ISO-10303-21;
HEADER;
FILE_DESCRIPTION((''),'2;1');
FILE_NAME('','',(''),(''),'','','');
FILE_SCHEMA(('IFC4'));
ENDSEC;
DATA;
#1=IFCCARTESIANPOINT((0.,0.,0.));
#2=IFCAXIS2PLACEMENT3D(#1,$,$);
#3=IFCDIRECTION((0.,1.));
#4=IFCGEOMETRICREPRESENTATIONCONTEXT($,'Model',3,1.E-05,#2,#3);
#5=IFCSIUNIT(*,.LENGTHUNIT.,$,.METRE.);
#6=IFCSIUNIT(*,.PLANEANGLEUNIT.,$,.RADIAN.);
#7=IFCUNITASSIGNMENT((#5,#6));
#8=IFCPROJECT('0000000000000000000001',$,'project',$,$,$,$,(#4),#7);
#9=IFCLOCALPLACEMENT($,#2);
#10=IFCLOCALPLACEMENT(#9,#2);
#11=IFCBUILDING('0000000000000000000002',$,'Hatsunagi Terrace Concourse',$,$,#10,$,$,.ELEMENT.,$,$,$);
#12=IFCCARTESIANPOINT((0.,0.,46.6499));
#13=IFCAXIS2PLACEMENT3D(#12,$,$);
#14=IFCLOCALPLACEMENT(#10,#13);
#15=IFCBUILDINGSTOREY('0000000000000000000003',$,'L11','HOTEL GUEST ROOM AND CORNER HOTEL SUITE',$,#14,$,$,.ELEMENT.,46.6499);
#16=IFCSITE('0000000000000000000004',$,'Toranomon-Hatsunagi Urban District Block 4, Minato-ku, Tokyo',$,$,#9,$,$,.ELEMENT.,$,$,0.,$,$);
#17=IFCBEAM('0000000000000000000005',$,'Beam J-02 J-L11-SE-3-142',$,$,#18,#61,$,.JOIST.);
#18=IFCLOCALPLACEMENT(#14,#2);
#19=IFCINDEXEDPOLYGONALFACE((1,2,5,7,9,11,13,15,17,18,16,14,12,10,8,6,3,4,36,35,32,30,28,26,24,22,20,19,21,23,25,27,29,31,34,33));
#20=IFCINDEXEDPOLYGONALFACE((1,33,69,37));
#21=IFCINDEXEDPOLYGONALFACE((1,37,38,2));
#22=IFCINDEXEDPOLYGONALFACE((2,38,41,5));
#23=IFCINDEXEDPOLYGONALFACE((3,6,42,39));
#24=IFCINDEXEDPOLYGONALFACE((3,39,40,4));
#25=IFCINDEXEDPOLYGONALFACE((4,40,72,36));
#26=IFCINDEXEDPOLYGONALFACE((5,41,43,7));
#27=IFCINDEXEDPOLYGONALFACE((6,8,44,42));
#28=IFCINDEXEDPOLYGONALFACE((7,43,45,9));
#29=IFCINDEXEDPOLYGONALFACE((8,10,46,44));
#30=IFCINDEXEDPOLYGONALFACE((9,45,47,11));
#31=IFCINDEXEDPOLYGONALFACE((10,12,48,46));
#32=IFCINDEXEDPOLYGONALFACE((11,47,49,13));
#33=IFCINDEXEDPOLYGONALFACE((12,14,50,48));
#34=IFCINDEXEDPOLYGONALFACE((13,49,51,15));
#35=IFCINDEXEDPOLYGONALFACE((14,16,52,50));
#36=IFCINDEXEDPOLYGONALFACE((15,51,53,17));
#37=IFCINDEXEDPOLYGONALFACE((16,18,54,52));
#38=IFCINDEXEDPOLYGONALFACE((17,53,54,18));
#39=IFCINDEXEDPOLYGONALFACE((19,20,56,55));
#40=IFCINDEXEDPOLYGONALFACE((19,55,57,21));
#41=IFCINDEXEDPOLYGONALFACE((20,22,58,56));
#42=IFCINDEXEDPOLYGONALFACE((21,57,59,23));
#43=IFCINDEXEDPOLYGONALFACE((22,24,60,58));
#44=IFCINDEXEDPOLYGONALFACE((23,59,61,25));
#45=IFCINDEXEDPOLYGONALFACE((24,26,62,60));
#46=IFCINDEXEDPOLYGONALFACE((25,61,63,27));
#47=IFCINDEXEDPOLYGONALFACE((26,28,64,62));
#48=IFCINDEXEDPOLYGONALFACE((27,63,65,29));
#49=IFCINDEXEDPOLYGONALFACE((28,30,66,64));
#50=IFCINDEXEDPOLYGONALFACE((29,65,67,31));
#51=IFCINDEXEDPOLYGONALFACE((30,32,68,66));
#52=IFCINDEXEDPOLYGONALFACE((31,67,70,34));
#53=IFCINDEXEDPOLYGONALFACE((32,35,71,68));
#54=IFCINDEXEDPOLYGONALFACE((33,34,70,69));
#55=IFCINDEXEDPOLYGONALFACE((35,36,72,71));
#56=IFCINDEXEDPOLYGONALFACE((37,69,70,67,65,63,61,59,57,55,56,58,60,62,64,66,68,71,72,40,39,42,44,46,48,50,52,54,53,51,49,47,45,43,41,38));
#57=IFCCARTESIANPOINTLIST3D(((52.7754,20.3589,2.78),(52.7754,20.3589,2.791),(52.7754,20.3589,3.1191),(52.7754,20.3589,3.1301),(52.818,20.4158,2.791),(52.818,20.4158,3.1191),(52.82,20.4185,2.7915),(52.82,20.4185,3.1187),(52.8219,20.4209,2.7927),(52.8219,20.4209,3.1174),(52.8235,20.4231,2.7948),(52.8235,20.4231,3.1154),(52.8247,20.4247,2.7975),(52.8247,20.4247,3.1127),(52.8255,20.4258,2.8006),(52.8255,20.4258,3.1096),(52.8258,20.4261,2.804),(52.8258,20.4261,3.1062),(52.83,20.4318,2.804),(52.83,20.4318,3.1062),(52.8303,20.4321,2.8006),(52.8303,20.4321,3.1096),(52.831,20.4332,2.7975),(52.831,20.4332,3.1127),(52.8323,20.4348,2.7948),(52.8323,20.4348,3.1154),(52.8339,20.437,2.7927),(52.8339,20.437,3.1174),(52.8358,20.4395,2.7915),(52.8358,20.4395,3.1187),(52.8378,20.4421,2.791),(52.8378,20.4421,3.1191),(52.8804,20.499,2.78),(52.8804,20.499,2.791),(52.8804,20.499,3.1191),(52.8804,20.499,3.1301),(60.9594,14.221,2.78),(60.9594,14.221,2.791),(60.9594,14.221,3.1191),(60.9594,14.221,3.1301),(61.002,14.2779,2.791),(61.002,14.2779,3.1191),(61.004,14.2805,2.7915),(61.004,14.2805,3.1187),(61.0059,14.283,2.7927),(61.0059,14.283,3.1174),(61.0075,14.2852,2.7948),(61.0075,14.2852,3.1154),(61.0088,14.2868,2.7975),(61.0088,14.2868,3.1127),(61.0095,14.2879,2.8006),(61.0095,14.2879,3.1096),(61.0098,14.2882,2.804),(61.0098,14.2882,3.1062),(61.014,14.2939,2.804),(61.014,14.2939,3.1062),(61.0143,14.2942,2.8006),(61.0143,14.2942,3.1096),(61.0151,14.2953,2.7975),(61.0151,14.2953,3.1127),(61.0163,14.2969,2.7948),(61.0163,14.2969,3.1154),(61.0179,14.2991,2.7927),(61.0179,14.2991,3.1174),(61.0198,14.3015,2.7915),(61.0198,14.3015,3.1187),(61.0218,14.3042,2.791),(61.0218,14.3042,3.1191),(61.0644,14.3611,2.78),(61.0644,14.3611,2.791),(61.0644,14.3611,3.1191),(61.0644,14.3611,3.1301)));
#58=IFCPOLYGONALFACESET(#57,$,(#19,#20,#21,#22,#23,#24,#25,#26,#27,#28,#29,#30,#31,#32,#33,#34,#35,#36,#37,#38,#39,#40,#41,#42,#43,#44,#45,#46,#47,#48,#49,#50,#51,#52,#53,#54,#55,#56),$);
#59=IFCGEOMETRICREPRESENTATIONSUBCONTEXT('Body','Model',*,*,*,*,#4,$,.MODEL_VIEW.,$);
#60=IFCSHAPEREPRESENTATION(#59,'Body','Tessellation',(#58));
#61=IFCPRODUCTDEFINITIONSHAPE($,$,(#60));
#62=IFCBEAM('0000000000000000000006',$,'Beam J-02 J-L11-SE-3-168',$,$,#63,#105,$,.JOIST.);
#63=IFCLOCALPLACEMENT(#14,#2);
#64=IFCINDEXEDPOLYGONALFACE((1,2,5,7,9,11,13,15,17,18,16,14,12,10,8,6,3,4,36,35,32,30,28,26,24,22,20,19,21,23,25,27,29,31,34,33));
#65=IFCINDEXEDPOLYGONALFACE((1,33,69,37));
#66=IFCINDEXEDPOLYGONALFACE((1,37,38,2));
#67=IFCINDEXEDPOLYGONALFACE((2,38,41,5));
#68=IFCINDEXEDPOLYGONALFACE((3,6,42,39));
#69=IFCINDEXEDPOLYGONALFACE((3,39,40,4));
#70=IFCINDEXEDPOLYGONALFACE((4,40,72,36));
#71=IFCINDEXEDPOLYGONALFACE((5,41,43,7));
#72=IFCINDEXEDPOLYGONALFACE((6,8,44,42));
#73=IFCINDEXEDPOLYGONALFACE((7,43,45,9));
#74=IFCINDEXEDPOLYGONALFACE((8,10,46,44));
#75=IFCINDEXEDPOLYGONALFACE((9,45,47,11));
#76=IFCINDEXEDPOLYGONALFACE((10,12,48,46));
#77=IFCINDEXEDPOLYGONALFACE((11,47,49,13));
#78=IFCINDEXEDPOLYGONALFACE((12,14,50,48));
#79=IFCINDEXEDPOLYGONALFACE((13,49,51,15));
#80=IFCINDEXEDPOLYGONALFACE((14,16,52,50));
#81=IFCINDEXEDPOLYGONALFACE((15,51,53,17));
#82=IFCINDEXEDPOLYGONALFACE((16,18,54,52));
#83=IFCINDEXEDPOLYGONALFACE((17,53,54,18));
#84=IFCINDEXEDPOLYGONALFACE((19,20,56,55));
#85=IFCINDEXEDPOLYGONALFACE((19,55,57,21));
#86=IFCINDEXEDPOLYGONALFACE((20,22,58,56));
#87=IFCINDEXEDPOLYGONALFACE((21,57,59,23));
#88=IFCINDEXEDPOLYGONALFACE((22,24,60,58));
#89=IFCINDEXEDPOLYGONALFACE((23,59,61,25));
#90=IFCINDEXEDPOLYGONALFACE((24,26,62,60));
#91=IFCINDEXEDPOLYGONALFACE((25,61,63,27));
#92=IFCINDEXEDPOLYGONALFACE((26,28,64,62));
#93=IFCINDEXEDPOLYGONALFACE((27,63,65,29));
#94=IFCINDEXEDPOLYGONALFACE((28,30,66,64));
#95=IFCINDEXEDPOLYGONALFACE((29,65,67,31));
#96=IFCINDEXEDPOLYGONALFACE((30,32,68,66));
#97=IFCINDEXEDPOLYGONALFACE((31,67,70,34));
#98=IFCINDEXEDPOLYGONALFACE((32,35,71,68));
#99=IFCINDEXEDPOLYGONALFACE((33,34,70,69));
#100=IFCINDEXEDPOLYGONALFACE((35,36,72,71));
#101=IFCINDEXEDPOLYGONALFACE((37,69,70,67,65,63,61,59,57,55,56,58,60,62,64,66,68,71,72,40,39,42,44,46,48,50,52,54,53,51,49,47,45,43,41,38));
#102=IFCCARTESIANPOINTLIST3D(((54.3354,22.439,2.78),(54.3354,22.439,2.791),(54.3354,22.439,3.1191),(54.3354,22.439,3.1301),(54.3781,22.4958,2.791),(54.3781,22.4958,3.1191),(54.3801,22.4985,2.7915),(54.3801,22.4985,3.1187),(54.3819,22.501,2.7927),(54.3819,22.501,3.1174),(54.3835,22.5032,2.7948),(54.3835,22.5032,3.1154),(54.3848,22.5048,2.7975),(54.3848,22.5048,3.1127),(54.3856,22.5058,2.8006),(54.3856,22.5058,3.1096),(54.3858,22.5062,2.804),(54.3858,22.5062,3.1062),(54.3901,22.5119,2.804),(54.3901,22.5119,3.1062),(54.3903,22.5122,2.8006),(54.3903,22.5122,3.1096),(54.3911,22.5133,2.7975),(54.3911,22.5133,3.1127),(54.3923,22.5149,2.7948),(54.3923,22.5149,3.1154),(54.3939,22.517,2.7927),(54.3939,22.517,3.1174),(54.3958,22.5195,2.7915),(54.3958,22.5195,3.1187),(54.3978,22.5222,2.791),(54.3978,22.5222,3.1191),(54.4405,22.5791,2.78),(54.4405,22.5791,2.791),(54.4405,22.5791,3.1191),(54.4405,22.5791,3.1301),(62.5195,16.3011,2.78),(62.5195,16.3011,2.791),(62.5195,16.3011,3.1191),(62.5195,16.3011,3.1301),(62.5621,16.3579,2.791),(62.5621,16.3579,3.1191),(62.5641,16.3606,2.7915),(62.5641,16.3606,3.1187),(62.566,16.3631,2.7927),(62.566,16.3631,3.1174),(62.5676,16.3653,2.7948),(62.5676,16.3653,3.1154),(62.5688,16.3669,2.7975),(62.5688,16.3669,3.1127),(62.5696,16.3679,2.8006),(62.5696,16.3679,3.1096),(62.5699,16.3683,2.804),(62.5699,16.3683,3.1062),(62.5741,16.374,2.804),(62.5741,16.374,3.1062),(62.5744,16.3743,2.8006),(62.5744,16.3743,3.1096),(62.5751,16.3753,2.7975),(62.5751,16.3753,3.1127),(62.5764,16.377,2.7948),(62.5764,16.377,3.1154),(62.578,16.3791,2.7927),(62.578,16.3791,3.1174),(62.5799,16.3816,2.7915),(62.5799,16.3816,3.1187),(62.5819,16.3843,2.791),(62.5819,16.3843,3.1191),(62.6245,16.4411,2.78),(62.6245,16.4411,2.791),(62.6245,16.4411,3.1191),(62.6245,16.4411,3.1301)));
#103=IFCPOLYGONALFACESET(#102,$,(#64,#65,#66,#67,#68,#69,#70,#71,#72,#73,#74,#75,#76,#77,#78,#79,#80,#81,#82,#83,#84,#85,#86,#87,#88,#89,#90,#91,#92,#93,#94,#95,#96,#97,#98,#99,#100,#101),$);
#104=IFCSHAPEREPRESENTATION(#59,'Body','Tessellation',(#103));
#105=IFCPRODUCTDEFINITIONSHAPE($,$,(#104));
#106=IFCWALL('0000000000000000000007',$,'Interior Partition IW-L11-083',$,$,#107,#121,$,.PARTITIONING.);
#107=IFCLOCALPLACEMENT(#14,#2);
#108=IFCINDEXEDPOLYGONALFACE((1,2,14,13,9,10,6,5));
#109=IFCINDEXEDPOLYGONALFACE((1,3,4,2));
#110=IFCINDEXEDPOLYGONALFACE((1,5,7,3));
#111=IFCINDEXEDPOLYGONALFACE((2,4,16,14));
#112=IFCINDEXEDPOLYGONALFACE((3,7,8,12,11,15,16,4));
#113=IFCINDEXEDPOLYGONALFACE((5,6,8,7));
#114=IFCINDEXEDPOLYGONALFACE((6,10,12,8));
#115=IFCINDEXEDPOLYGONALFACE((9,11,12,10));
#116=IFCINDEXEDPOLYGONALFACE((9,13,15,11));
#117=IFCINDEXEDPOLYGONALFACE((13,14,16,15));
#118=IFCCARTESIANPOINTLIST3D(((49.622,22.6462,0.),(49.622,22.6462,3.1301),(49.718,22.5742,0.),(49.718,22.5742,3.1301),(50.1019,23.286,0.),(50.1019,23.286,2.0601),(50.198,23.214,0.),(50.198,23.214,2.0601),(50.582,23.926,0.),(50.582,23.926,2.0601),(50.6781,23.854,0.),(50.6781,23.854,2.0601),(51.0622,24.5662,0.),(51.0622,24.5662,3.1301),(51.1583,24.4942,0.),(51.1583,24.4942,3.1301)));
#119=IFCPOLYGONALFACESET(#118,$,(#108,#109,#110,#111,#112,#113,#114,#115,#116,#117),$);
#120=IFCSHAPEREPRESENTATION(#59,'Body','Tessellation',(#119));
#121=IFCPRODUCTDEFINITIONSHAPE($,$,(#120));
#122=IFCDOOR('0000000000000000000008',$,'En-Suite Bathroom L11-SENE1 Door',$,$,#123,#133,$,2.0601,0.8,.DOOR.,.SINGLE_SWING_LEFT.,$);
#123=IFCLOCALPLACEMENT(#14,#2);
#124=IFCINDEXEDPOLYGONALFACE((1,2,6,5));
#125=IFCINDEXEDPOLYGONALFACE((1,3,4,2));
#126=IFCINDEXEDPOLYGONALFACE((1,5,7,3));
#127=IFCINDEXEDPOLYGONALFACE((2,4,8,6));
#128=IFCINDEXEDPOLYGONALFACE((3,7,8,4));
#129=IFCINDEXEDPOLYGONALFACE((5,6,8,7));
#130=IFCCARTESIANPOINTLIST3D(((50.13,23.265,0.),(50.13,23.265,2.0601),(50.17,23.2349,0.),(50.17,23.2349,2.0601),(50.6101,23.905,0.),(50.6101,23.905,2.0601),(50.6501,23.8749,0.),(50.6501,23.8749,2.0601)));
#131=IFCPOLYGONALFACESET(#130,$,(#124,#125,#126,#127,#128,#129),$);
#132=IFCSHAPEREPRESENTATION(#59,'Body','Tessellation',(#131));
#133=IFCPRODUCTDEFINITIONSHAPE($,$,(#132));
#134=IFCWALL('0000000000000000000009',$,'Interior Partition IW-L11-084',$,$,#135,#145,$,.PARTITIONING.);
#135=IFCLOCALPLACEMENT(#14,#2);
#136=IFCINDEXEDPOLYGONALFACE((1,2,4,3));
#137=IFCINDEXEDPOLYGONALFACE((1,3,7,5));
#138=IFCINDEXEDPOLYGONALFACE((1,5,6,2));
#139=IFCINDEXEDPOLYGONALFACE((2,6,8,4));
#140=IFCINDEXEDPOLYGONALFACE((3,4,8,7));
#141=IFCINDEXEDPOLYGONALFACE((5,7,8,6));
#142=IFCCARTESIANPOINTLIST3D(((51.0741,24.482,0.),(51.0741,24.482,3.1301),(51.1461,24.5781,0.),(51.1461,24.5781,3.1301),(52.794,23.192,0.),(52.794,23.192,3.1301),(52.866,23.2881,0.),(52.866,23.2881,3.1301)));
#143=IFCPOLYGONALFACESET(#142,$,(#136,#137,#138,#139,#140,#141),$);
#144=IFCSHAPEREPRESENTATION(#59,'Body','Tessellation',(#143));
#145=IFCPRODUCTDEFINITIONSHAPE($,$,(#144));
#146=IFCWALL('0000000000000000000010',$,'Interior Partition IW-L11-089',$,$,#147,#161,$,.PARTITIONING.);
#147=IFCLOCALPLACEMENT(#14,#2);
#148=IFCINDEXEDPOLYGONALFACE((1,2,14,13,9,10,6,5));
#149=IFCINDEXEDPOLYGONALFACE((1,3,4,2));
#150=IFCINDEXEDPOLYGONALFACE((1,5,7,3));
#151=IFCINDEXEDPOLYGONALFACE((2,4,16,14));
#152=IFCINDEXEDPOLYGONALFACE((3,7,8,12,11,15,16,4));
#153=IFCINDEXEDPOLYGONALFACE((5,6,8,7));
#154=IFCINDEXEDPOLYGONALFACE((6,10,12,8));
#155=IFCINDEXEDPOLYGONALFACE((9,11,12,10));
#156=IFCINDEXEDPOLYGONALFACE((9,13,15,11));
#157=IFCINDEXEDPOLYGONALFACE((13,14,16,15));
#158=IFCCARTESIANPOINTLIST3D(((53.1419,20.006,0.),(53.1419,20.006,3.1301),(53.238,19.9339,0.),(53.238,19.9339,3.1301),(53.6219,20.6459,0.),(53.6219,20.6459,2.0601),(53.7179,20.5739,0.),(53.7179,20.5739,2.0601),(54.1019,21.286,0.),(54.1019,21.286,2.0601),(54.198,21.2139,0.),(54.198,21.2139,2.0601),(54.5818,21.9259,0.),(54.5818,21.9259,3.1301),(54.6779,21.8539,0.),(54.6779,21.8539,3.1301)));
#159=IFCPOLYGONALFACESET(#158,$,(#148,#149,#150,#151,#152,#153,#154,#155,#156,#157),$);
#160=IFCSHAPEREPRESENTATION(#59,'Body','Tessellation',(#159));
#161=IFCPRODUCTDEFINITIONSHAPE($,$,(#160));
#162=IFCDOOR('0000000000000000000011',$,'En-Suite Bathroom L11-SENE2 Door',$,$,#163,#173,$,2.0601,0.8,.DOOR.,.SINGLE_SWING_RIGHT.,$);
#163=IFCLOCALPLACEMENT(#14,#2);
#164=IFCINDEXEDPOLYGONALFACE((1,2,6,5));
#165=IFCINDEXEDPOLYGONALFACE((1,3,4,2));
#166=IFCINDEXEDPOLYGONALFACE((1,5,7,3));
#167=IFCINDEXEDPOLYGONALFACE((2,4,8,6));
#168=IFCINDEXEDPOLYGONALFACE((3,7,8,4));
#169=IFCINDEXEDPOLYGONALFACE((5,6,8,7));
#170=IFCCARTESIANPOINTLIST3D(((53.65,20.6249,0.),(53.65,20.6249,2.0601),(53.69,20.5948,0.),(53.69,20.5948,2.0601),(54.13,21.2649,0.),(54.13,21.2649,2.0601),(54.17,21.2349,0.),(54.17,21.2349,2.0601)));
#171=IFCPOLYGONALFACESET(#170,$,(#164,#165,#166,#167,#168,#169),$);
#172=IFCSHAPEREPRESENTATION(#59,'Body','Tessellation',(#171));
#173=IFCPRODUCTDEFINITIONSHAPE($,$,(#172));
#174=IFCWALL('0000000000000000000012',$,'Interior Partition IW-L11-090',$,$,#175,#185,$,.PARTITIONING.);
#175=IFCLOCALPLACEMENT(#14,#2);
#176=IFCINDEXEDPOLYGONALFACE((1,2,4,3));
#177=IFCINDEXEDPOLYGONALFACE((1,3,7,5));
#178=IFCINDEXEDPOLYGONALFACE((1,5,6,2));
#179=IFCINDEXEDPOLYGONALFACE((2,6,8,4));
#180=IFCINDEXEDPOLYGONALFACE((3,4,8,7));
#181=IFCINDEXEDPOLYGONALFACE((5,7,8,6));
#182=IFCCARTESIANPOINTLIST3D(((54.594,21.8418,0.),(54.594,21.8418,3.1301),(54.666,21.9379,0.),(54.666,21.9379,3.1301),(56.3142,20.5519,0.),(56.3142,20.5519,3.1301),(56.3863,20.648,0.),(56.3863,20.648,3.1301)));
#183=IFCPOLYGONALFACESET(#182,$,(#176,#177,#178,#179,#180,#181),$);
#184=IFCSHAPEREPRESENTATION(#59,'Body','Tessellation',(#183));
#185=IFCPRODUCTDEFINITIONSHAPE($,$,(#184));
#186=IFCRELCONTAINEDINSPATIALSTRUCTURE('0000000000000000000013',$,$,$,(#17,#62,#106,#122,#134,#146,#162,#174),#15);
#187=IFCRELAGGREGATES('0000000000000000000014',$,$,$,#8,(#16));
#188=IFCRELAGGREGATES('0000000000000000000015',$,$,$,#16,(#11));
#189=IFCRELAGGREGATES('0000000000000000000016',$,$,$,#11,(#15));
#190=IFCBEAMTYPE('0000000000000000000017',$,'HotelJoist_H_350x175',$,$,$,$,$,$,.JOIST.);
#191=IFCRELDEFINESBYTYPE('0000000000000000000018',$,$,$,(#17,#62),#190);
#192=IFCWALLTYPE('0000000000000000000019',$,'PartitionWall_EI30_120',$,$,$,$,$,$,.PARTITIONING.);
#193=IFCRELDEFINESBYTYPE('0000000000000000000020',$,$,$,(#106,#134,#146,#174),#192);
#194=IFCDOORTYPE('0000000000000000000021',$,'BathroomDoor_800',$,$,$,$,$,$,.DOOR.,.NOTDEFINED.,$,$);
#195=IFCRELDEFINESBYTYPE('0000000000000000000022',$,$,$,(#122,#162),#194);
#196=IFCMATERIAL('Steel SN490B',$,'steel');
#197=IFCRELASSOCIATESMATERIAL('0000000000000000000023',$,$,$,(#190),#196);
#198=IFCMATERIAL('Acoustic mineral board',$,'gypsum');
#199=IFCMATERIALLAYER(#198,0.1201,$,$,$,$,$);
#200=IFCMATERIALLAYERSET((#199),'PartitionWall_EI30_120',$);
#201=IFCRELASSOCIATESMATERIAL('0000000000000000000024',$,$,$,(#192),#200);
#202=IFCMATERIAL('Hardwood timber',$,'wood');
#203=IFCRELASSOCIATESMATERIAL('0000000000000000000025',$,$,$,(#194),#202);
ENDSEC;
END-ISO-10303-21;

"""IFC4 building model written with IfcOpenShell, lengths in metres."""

from ifc_helpers import new_model, si_unit, direction, frame, frame_2d, origin, origin_2d, place, context, subcontext, project, spatial, rectangle, i_section, extrude, material, layer, layer_set, material_profile, profile_set, type_object, element, fill, save


model = new_model("IFC4")

# Units and contexts
model_context = context("Model", 3, precision=1e-05, world=origin(), true_north=direction((0.0, 1.0)))
body_context = subcontext(model_context, "Body", "Model", "MODEL_VIEW")
ifc_project = project(units=[si_unit("LENGTHUNIT", "METRE"), si_unit("PLANEANGLEUNIT", "RADIAN")], contexts=[model_context])

# Site, building, storey
site_placement = place(None, origin())
site = spatial("IfcSite", under=ifc_project, at=site_placement, Name="Toranomon-Hatsunagi Urban District Block 4, Minato-ku, Tokyo", CompositionType="ELEMENT", RefElevation=0.0)
building_placement = place(site_placement, origin())
building = spatial("IfcBuilding", under=site, at=building_placement, Name="Hatsunagi Terrace Concourse", CompositionType="ELEMENT")
storey_placement = place(building_placement, frame((0.0, 0.0, 46.6499)))
storey = spatial("IfcBuildingStorey", under=building, at=storey_placement, Name="L11", Description="HOTEL GUEST ROOM AND CORNER HOTEL SUITE", CompositionType="ELEMENT", Elevation=46.6499)

# Beams
ifc_material_1 = material(Name="Steel SN490B", Category="steel")
ifc_material_profile = material_profile(ifc_material_1, i_section(OverallWidth=0.175, OverallDepth=0.3501, WebThickness=0.0071, FlangeThickness=0.011, FilletRadius=0.0129, at=origin_2d()), Name="H-350x175x7x11")
ifc_profile_set = profile_set([ifc_material_profile], Name="Steel SN490B")
beam_type = type_object("IfcBeamType", Name="HotelJoist_H_350x175", PredefinedType="JOIST", material=ifc_profile_set)
for number, where, z_axis, x_axis, name in (
    (1, (52.8279, 20.429, 2.9551), (0.800006, -0.599992, 0.0), (0.599992, 0.800006, 0.0), "Beam J-02 J-L11-SE-3-142"),
    (2, (54.3879, 22.509, 2.9551), (0.800006, -0.599992, 0.0), (0.599992, 0.800006, 0.0), "Beam J-02 J-L11-SE-3-168"),
):
    element("IfcBeam", number, at=place(storey_placement, frame(where, z_axis=z_axis, x_axis=x_axis)), inside=storey, type_object=beam_type, Name=name, PredefinedType="JOIST", context=body_context, shape_type="SweptSolid", body=[
        extrude(i_section(OverallWidth=0.175, OverallDepth=0.3501, WebThickness=0.0071, FlangeThickness=0.011, FilletRadius=0.0129, at=origin_2d()), origin(), (0.0, 0.0, 1.0), 10.23),
    ])

# Wall, opening, door
ifc_material_2 = material(Name="Acoustic mineral board", Category="gypsum")
ifc_layer_1 = layer(ifc_material_2, 0.1201)
ifc_layer_set_1 = layer_set([ifc_layer_1], Name="PartitionWall_EI30_120")
wall_type_1 = type_object("IfcWallType", Name="PartitionWall_EI30_120", PredefinedType="PARTITIONING", material=ifc_layer_set_1)
wall_1_placement = place(storey_placement, frame((49.6699, 22.6101, 0.0), z_axis=(0.0, 0.0, 1.0), x_axis=(0.600065, 0.799951, 0.0)))
wall_1 = element("IfcWall", 3, at=wall_1_placement, inside=storey, type_object=wall_type_1, Name="Interior Partition IW-L11-083", PredefinedType="PARTITIONING", context=body_context, shape_type="SweptSolid", body=[
    extrude(rectangle(XDim=2.4001, YDim=0.1201, at=frame_2d((1.2002, 0.0))), origin(), (0.0, 0.0, 1.0), 3.1301),
])
opening_1_placement = place(wall_1_placement, frame((0.8, 0.0, 0.0)))
opening_1 = element("IfcOpeningElement", 4, at=opening_1_placement, cuts=wall_1, PredefinedType="OPENING", context=body_context, shape_type="SweptSolid", body=[
    extrude(rectangle(XDim=0.8, YDim=2.0601, at=frame_2d((0.3999, 1.03))), frame((0.0, 0.0701, 0.0), z_axis=(0.0, -1.0, 0.0), x_axis=(1.0, 0.0, 0.0)), (0.0, 0.0, 1.0), 0.1401),
])
ifc_material_3 = material(Name="Hardwood timber", Category="wood")
door_type_1 = type_object("IfcDoorType", Name="BathroomDoor_800", OperationType="NOTDEFINED", PredefinedType="DOOR", material=ifc_material_3)
door_1_placement = place(opening_1_placement, origin())
door_1 = element("IfcDoor", 5, at=door_1_placement, inside=storey, type_object=door_type_1, Name="En-Suite Bathroom L11-SENE1 Door", OperationType="SINGLE_SWING_LEFT", OverallHeight=2.0601, OverallWidth=0.8, PredefinedType="DOOR", context=body_context, shape_type="SweptSolid", body=[
    extrude(rectangle(XDim=0.8, YDim=2.0601, at=frame_2d((0.3999, 1.03))), frame((0.0, 0.0249, 0.0), z_axis=(0.0, -1.0, 0.0), x_axis=(1.0, 0.0, 0.0)), (0.0, 0.0, 1.0), 0.05),
])
fill(opening_1, door_1)

# Wall
wall_2_placement = place(storey_placement, frame((51.1101, 24.53, 0.0), z_axis=(0.0, 0.0, 1.0), x_axis=(0.799986, -0.600018, 0.0)))
element("IfcWall", 6, at=wall_2_placement, inside=storey, type_object=wall_type_1, Name="Interior Partition IW-L11-084", PredefinedType="PARTITIONING", context=body_context, shape_type="SweptSolid", body=[
    extrude(rectangle(XDim=2.1499, YDim=0.1201, at=frame_2d((1.075, 0.0))), origin(), (0.0, 0.0, 1.0), 3.1301),
])

# Wall, opening, door
wall_3_placement = place(storey_placement, frame((53.1899, 19.97, 0.0), z_axis=(0.0, 0.0, 1.0), x_axis=(0.6, 0.8, 0.0)))
wall_3 = element("IfcWall", 7, at=wall_3_placement, inside=storey, type_object=wall_type_1, Name="Interior Partition IW-L11-089", PredefinedType="PARTITIONING", context=body_context, shape_type="SweptSolid", body=[
    extrude(rectangle(XDim=2.3999, YDim=0.1201, at=frame_2d((1.2, 0.0))), origin(), (0.0, 0.0, 1.0), 3.1301),
])
opening_2_placement = place(wall_3_placement, frame((0.8, 0.0, 0.0)))
opening_2 = element("IfcOpeningElement", 8, at=opening_2_placement, cuts=wall_3, PredefinedType="OPENING", context=body_context, shape_type="SweptSolid", body=[
    extrude(rectangle(XDim=0.8, YDim=2.0601, at=frame_2d((0.3999, 1.03))), frame((0.0, 0.0701, 0.0), z_axis=(0.0, -1.0, 0.0), x_axis=(1.0, 0.0, 0.0)), (0.0, 0.0, 1.0), 0.1401),
])
door_2_placement = place(opening_2_placement, origin())
door_2 = element("IfcDoor", 9, at=door_2_placement, inside=storey, type_object=door_type_1, Name="En-Suite Bathroom L11-SENE2 Door", OperationType="SINGLE_SWING_RIGHT", OverallHeight=2.0601, OverallWidth=0.8, PredefinedType="DOOR", context=body_context, shape_type="SweptSolid", body=[
    extrude(rectangle(XDim=0.8, YDim=2.0601, at=frame_2d((0.3999, 1.03))), frame((0.0, 0.0249, 0.0), z_axis=(0.0, -1.0, 0.0), x_axis=(1.0, 0.0, 0.0)), (0.0, 0.0, 1.0), 0.05),
])
fill(opening_2, door_2)

# Wall
wall_4_placement = place(storey_placement, frame((54.6299, 21.8899, 0.0), z_axis=(0.0, 0.0, 1.0), x_axis=(0.800082, -0.599891, 0.0)))
element("IfcWall", 10, at=wall_4_placement, inside=storey, type_object=wall_type_1, Name="Interior Partition IW-L11-090", PredefinedType="PARTITIONING", context=body_context, shape_type="SweptSolid", body=[
    extrude(rectangle(XDim=2.1501, YDim=0.1201, at=frame_2d((1.0752, 0.0))), origin(), (0.0, 0.0, 1.0), 3.1301),
])

save(model, "model.ifc")
